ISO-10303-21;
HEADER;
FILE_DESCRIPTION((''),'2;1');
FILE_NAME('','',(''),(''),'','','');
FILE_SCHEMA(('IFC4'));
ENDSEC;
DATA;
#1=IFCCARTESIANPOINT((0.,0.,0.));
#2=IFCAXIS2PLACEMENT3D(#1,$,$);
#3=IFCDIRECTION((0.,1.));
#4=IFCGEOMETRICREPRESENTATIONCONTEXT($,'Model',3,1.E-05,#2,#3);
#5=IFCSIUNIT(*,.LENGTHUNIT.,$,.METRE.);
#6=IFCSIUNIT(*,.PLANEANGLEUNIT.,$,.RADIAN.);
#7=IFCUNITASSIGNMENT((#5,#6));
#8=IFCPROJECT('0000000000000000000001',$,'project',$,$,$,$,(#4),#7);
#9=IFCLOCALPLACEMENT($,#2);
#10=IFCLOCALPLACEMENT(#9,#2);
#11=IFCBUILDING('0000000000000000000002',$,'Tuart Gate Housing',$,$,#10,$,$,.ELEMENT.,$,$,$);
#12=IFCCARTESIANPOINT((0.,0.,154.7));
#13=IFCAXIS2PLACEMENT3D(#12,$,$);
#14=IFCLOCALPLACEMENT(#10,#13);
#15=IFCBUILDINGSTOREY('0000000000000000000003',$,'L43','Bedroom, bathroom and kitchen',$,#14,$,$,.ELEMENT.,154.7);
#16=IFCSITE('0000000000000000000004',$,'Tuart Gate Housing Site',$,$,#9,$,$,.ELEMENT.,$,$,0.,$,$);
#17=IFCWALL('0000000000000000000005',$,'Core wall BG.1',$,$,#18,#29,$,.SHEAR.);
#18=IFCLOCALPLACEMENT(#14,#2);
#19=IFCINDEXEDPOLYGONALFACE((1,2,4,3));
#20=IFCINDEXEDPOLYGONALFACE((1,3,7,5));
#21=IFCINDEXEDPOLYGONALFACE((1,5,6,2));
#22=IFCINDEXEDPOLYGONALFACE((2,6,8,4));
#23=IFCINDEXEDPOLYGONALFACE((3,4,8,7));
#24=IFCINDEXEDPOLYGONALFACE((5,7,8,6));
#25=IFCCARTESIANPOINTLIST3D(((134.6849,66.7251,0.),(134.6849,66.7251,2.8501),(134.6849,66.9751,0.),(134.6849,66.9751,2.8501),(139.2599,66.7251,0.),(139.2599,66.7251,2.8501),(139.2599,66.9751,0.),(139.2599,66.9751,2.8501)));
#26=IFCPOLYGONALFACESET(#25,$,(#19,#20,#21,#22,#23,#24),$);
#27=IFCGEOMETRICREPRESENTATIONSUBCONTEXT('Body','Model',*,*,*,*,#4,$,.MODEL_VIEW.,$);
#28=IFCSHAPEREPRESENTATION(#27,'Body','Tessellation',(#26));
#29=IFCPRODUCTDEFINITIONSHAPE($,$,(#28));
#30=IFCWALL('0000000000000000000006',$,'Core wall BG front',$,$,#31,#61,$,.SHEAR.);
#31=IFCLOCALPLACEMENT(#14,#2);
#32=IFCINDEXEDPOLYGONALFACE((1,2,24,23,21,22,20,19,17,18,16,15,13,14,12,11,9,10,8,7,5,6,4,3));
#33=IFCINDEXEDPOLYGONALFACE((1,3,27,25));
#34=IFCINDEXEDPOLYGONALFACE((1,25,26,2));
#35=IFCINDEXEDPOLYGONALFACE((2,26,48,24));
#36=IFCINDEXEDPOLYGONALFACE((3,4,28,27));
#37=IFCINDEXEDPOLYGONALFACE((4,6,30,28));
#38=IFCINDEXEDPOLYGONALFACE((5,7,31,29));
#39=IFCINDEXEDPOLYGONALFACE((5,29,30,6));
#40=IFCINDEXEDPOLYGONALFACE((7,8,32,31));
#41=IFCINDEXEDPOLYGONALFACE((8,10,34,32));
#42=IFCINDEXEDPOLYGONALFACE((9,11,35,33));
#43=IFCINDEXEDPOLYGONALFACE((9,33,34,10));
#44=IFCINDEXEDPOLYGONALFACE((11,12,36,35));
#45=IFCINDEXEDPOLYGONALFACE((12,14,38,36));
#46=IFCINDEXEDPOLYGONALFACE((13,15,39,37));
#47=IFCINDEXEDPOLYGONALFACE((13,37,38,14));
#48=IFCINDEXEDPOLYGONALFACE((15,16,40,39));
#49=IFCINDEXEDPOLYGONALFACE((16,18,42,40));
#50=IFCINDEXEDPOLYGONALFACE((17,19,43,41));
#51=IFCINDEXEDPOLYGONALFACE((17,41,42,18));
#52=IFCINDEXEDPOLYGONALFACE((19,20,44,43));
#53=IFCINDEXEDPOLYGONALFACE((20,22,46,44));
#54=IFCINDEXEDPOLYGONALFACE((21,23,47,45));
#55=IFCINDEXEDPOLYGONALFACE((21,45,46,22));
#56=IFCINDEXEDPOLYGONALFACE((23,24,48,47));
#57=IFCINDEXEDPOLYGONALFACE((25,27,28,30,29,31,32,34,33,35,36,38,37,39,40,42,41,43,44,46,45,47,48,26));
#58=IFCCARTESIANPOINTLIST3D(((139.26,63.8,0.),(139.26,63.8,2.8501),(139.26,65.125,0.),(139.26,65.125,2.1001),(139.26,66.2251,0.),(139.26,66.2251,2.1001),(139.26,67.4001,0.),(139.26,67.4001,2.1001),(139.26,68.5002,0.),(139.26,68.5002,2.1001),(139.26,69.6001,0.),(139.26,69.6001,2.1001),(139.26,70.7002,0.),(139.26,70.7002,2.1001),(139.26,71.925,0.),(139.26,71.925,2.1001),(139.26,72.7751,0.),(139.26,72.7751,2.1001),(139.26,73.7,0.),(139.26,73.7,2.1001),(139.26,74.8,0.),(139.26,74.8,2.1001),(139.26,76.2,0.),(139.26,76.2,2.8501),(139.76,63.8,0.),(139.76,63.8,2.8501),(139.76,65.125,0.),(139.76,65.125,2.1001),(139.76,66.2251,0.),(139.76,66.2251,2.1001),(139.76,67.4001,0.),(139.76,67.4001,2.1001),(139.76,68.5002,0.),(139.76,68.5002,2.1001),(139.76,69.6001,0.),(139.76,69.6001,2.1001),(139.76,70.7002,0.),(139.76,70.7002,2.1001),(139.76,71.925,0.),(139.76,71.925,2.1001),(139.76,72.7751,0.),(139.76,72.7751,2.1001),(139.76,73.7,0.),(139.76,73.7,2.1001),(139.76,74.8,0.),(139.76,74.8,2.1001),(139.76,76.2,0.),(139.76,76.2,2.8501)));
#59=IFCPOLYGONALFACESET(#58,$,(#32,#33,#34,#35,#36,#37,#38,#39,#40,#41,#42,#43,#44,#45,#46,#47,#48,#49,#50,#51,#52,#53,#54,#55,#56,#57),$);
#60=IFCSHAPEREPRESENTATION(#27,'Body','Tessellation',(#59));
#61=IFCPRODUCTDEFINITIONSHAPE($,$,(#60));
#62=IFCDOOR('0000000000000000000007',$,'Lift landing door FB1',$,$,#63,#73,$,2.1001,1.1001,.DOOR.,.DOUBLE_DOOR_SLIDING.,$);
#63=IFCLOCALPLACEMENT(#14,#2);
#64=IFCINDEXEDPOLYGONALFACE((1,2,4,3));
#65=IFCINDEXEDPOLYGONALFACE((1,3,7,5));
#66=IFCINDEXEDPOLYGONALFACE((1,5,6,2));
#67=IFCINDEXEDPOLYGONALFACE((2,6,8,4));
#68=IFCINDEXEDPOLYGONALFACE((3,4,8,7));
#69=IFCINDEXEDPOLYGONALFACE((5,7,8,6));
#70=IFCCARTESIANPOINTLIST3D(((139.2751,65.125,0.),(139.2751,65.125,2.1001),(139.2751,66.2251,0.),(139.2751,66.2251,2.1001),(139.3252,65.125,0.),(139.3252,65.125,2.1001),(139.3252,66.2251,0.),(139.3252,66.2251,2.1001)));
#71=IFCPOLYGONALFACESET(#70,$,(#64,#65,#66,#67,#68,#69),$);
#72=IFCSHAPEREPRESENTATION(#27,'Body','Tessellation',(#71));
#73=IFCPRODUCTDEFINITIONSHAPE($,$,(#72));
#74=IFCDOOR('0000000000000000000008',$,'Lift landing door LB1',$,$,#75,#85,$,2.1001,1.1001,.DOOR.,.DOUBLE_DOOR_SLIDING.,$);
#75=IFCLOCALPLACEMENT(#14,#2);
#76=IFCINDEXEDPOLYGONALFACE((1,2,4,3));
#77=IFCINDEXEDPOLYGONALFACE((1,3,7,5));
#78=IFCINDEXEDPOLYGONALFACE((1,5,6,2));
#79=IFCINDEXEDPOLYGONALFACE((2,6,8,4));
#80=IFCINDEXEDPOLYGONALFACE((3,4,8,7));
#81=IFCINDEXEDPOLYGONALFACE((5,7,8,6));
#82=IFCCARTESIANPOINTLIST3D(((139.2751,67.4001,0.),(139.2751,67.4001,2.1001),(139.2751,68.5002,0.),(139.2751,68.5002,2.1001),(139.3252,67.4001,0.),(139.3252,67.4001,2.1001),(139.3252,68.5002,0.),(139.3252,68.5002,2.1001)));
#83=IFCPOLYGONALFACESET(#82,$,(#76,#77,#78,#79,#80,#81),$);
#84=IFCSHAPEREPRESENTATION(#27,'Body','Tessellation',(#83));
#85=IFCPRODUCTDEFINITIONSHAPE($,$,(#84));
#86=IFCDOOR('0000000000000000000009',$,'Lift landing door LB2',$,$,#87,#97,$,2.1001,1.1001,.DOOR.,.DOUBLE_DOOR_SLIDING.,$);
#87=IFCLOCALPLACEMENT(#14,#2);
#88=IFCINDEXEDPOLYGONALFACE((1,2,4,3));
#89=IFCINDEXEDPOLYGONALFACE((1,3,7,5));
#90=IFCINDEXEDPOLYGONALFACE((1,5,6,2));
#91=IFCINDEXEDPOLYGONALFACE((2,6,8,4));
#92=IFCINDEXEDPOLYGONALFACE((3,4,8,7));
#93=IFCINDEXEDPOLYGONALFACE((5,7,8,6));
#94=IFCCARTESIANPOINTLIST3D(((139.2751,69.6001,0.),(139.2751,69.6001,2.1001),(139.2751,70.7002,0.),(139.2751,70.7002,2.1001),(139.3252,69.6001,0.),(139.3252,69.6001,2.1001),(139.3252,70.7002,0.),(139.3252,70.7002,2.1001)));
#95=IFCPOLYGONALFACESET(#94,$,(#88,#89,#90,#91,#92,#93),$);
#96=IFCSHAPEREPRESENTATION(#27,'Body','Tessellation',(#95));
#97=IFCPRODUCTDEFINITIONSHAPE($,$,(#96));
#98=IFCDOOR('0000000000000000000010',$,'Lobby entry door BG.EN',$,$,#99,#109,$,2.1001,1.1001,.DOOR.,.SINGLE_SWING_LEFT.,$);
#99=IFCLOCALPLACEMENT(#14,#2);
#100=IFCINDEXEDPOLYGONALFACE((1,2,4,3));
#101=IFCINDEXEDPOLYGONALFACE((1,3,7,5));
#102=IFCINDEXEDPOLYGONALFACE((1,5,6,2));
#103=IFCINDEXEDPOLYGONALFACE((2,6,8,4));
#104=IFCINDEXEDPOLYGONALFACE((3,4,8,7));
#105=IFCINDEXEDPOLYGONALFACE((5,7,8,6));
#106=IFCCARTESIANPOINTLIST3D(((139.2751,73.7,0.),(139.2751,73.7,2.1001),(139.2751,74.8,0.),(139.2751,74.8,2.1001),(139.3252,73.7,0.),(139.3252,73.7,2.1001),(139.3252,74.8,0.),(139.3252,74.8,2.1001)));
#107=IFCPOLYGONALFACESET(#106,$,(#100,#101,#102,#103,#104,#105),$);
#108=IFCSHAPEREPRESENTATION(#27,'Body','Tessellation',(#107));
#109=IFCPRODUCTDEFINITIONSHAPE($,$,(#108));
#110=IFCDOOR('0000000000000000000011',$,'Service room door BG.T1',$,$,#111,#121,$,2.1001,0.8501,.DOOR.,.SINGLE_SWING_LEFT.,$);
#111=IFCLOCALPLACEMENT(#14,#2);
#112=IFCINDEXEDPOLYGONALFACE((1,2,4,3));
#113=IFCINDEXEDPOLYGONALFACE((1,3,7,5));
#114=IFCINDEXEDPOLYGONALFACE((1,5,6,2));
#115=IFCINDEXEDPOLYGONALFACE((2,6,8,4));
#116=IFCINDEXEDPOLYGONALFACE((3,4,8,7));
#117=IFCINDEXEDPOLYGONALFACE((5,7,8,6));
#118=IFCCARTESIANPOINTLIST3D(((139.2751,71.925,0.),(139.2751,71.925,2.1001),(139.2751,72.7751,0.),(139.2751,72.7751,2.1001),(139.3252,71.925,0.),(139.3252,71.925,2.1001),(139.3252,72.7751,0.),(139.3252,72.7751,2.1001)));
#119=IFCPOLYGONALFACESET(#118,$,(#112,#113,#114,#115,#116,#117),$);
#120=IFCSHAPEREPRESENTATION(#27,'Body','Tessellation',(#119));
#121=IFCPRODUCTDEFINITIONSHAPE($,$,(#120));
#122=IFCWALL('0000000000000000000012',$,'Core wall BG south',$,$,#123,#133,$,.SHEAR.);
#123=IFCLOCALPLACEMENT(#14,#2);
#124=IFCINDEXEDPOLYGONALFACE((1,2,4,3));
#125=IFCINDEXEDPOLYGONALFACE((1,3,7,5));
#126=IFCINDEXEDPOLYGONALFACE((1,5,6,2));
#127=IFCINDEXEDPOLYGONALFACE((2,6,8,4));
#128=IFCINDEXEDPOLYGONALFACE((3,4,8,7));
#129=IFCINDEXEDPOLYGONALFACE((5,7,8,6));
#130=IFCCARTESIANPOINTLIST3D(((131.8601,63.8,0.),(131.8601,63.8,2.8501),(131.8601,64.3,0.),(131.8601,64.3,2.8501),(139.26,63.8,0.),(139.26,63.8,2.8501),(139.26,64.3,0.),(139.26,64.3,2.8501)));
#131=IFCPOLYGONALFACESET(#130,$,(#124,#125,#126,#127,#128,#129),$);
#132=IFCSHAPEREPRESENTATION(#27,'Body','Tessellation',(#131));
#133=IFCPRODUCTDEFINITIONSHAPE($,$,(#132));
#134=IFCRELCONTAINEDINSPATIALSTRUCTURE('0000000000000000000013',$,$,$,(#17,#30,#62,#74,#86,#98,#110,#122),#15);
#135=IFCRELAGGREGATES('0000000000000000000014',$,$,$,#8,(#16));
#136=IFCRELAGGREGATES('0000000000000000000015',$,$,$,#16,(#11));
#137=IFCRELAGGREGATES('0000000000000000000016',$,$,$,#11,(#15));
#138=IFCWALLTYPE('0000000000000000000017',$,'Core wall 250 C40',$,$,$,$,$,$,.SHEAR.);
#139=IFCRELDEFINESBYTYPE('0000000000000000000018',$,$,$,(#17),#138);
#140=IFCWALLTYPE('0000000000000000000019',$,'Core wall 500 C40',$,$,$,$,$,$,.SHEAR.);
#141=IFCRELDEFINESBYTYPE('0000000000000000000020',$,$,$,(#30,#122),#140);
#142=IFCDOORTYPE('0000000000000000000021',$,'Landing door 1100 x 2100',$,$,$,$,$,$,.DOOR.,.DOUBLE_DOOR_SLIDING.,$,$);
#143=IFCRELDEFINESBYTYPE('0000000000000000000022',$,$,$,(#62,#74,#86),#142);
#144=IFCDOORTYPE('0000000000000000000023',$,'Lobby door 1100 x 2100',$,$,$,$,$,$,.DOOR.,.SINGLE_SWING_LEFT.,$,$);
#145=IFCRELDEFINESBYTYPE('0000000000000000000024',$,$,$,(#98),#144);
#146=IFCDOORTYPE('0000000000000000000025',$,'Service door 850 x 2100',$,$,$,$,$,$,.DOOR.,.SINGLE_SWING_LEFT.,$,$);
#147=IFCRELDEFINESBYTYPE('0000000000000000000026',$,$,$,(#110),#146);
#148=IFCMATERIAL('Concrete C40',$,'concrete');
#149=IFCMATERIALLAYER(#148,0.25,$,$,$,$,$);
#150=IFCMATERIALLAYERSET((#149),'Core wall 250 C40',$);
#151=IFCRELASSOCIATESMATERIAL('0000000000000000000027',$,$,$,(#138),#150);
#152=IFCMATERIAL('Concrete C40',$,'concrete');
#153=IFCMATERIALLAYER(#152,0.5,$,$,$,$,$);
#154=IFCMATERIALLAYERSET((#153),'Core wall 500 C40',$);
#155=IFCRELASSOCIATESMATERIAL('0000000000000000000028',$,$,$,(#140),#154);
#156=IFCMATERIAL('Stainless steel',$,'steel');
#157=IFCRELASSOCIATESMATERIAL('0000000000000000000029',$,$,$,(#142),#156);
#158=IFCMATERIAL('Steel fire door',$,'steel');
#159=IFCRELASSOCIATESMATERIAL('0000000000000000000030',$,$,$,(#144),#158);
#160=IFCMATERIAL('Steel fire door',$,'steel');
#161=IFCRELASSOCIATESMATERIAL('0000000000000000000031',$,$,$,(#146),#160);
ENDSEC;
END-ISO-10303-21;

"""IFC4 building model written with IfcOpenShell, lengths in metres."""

from ifc_helpers import new_model, si_unit, direction, frame, frame_2d, origin, place, context, subcontext, project, spatial, rectangle, extrude, material, layer, layer_set, type_object, element, fill, save


model = new_model("IFC4")

# Units and contexts
model_context = context("Model", 3, precision=1e-05, world=origin(), true_north=direction((0.0, 1.0)))
body_context = subcontext(model_context, "Body", "Model", "MODEL_VIEW")
ifc_project = project(units=[si_unit("LENGTHUNIT", "METRE"), si_unit("PLANEANGLEUNIT", "RADIAN")], contexts=[model_context])

# Site, building, storey
site_placement = place(None, origin())
site = spatial("IfcSite", under=ifc_project, at=site_placement, Name="Tuart Gate Housing Site", CompositionType="ELEMENT", RefElevation=0.0)
building_placement = place(site_placement, origin())
building = spatial("IfcBuilding", under=site, at=building_placement, Name="Tuart Gate Housing", CompositionType="ELEMENT")
storey_placement = place(building_placement, frame((0.0, 0.0, 154.7)))
storey = spatial("IfcBuildingStorey", under=building, at=storey_placement, Name="L43", Description="Bedroom, bathroom and kitchen", CompositionType="ELEMENT", Elevation=154.7)

# Wall
ifc_material_1 = material(Name="Concrete C40", Category="concrete")
ifc_layer_1 = layer(ifc_material_1, 0.25)
ifc_layer_set_1 = layer_set([ifc_layer_1], Name="Core wall 250 C40")
wall_type_1 = type_object("IfcWallType", Name="Core wall 250 C40", PredefinedType="SHEAR", material=ifc_layer_set_1)
wall_1_placement = place(storey_placement, frame((139.26, 66.8501, 0.0), z_axis=(0.0, 0.0, 1.0), x_axis=(-1.0, 0.0, 0.0)))
element("IfcWall", 1, at=wall_1_placement, inside=storey, type_object=wall_type_1, Name="Core wall BG.1", PredefinedType="SHEAR", context=body_context, shape_type="SweptSolid", body=[
    extrude(rectangle(XDim=4.575, YDim=0.25, at=frame_2d((2.2876, 0.0))), origin(), (0.0, 0.0, 1.0), 2.8501),
])

# Wall, openings, doors
ifc_material_2 = material(Name="Concrete C40", Category="concrete")
ifc_layer_2 = layer(ifc_material_2, 0.5)
ifc_layer_set_2 = layer_set([ifc_layer_2], Name="Core wall 500 C40")
wall_type_2 = type_object("IfcWallType", Name="Core wall 500 C40", PredefinedType="SHEAR", material=ifc_layer_set_2)
wall_2_placement = place(storey_placement, frame((139.51, 63.8, 0.0), z_axis=(0.0, 0.0, 1.0), x_axis=(0.0, 1.0, 0.0)))
wall_2 = element("IfcWall", 2, at=wall_2_placement, inside=storey, type_object=wall_type_2, Name="Core wall BG front", PredefinedType="SHEAR", context=body_context, shape_type="SweptSolid", body=[
    extrude(rectangle(XDim=12.3999, YDim=0.5, at=frame_2d((6.2, 0.0))), origin(), (0.0, 0.0, 1.0), 2.8501),
])
opening_1_placement = place(wall_2_placement, frame((1.325, 0.0, 0.0)))
opening_1 = element("IfcOpeningElement", 3, at=opening_1_placement, cuts=wall_2, PredefinedType="OPENING", context=body_context, shape_type="SweptSolid", body=[
    extrude(rectangle(XDim=1.1001, YDim=2.1001, at=frame_2d((0.55, 1.05))), frame((0.0, 0.26, 0.0), z_axis=(0.0, -1.0, 0.0), x_axis=(1.0, 0.0, 0.0)), (0.0, 0.0, 1.0), 0.52),
])
opening_2_placement = place(wall_2_placement, frame((3.6001, 0.0, 0.0)))
opening_2 = element("IfcOpeningElement", 4, at=opening_2_placement, cuts=wall_2, PredefinedType="OPENING", context=body_context, shape_type="SweptSolid", body=[
    extrude(rectangle(XDim=1.1001, YDim=2.1001, at=frame_2d((0.55, 1.05))), frame((0.0, 0.26, 0.0), z_axis=(0.0, -1.0, 0.0), x_axis=(1.0, 0.0, 0.0)), (0.0, 0.0, 1.0), 0.52),
])
opening_3_placement = place(wall_2_placement, frame((5.8, 0.0, 0.0)))
opening_3 = element("IfcOpeningElement", 5, at=opening_3_placement, cuts=wall_2, PredefinedType="OPENING", context=body_context, shape_type="SweptSolid", body=[
    extrude(rectangle(XDim=1.1001, YDim=2.1001, at=frame_2d((0.55, 1.05))), frame((0.0, 0.26, 0.0), z_axis=(0.0, -1.0, 0.0), x_axis=(1.0, 0.0, 0.0)), (0.0, 0.0, 1.0), 0.52),
])
opening_4_placement = place(wall_2_placement, frame((9.8999, 0.0, 0.0)))
opening_4 = element("IfcOpeningElement", 6, at=opening_4_placement, cuts=wall_2, PredefinedType="OPENING", context=body_context, shape_type="SweptSolid", body=[
    extrude(rectangle(XDim=1.1001, YDim=2.1001, at=frame_2d((0.55, 1.05))), frame((0.0, 0.26, 0.0), z_axis=(0.0, -1.0, 0.0), x_axis=(1.0, 0.0, 0.0)), (0.0, 0.0, 1.0), 0.52),
])
opening_5_placement = place(wall_2_placement, frame((8.125, 0.0, 0.0)))
opening_5 = element("IfcOpeningElement", 7, at=opening_5_placement, cuts=wall_2, PredefinedType="OPENING", context=body_context, shape_type="SweptSolid", body=[
    extrude(rectangle(XDim=0.8501, YDim=2.1001, at=frame_2d((0.425, 1.05))), frame((0.0, 0.26, 0.0), z_axis=(0.0, -1.0, 0.0), x_axis=(1.0, 0.0, 0.0)), (0.0, 0.0, 1.0), 0.52),
])
ifc_material_3 = material(Name="Stainless steel", Category="steel")
door_type_1 = type_object("IfcDoorType", Name="Landing door 1100 x 2100", OperationType="DOUBLE_DOOR_SLIDING", PredefinedType="DOOR", material=ifc_material_3)
door_1_placement = place(opening_1_placement, origin())
door_1 = element("IfcDoor", 8, at=door_1_placement, inside=storey, type_object=door_type_1, Name="Lift landing door FB1", OperationType="DOUBLE_DOOR_SLIDING", OverallHeight=2.1001, OverallWidth=1.1001, PredefinedType="DOOR", context=body_context, shape_type="SweptSolid", body=[
    extrude(rectangle(XDim=1.1001, YDim=2.1001, at=frame_2d((0.55, 1.05))), frame((0.0, 0.2349, 0.0), z_axis=(0.0, -1.0, 0.0), x_axis=(1.0, 0.0, 0.0)), (0.0, 0.0, 1.0), 0.05),
])
fill(opening_1, door_1)
door_2_placement = place(opening_2_placement, origin())
door_2 = element("IfcDoor", 9, at=door_2_placement, inside=storey, type_object=door_type_1, Name="Lift landing door LB1", OperationType="DOUBLE_DOOR_SLIDING", OverallHeight=2.1001, OverallWidth=1.1001, PredefinedType="DOOR", context=body_context, shape_type="SweptSolid", body=[
    extrude(rectangle(XDim=1.1001, YDim=2.1001, at=frame_2d((0.55, 1.05))), frame((0.0, 0.2349, 0.0), z_axis=(0.0, -1.0, 0.0), x_axis=(1.0, 0.0, 0.0)), (0.0, 0.0, 1.0), 0.05),
])
fill(opening_2, door_2)
door_3_placement = place(opening_3_placement, origin())
door_3 = element("IfcDoor", 10, at=door_3_placement, inside=storey, type_object=door_type_1, Name="Lift landing door LB2", OperationType="DOUBLE_DOOR_SLIDING", OverallHeight=2.1001, OverallWidth=1.1001, PredefinedType="DOOR", context=body_context, shape_type="SweptSolid", body=[
    extrude(rectangle(XDim=1.1001, YDim=2.1001, at=frame_2d((0.55, 1.05))), frame((0.0, 0.2349, 0.0), z_axis=(0.0, -1.0, 0.0), x_axis=(1.0, 0.0, 0.0)), (0.0, 0.0, 1.0), 0.05),
])
fill(opening_3, door_3)
ifc_material_4 = material(Name="Steel fire door", Category="steel")
door_type_2 = type_object("IfcDoorType", Name="Lobby door 1100 x 2100", OperationType="SINGLE_SWING_LEFT", PredefinedType="DOOR", material=ifc_material_4)
door_4_placement = place(opening_4_placement, origin())
door_4 = element("IfcDoor", 11, at=door_4_placement, inside=storey, type_object=door_type_2, Name="Lobby entry door BG.EN", OperationType="SINGLE_SWING_LEFT", OverallHeight=2.1001, OverallWidth=1.1001, PredefinedType="DOOR", context=body_context, shape_type="SweptSolid", body=[
    extrude(rectangle(XDim=1.1001, YDim=2.1001, at=frame_2d((0.55, 1.05))), frame((0.0, 0.2349, 0.0), z_axis=(0.0, -1.0, 0.0), x_axis=(1.0, 0.0, 0.0)), (0.0, 0.0, 1.0), 0.05),
])
fill(opening_4, door_4)
ifc_material_5 = material(Name="Steel fire door", Category="steel")
door_type_3 = type_object("IfcDoorType", Name="Service door 850 x 2100", OperationType="SINGLE_SWING_LEFT", PredefinedType="DOOR", material=ifc_material_5)
door_5_placement = place(opening_5_placement, origin())
door_5 = element("IfcDoor", 12, at=door_5_placement, inside=storey, type_object=door_type_3, Name="Service room door BG.T1", OperationType="SINGLE_SWING_LEFT", OverallHeight=2.1001, OverallWidth=0.8501, PredefinedType="DOOR", context=body_context, shape_type="SweptSolid", body=[
    extrude(rectangle(XDim=0.8501, YDim=2.1001, at=frame_2d((0.425, 1.05))), frame((0.0, 0.2349, 0.0), z_axis=(0.0, -1.0, 0.0), x_axis=(1.0, 0.0, 0.0)), (0.0, 0.0, 1.0), 0.05),
])
fill(opening_5, door_5)

# Wall
wall_3_placement = place(storey_placement, frame((139.26, 64.05, 0.0), z_axis=(0.0, 0.0, 1.0), x_axis=(-1.0, 0.0, 0.0)))
element("IfcWall", 13, at=wall_3_placement, inside=storey, type_object=wall_type_2, Name="Core wall BG south", PredefinedType="SHEAR", context=body_context, shape_type="SweptSolid", body=[
    extrude(rectangle(XDim=7.3999, YDim=0.5, at=frame_2d((3.7, 0.0))), origin(), (0.0, 0.0, 1.0), 2.8501),
])

save(model, "model.ifc")
